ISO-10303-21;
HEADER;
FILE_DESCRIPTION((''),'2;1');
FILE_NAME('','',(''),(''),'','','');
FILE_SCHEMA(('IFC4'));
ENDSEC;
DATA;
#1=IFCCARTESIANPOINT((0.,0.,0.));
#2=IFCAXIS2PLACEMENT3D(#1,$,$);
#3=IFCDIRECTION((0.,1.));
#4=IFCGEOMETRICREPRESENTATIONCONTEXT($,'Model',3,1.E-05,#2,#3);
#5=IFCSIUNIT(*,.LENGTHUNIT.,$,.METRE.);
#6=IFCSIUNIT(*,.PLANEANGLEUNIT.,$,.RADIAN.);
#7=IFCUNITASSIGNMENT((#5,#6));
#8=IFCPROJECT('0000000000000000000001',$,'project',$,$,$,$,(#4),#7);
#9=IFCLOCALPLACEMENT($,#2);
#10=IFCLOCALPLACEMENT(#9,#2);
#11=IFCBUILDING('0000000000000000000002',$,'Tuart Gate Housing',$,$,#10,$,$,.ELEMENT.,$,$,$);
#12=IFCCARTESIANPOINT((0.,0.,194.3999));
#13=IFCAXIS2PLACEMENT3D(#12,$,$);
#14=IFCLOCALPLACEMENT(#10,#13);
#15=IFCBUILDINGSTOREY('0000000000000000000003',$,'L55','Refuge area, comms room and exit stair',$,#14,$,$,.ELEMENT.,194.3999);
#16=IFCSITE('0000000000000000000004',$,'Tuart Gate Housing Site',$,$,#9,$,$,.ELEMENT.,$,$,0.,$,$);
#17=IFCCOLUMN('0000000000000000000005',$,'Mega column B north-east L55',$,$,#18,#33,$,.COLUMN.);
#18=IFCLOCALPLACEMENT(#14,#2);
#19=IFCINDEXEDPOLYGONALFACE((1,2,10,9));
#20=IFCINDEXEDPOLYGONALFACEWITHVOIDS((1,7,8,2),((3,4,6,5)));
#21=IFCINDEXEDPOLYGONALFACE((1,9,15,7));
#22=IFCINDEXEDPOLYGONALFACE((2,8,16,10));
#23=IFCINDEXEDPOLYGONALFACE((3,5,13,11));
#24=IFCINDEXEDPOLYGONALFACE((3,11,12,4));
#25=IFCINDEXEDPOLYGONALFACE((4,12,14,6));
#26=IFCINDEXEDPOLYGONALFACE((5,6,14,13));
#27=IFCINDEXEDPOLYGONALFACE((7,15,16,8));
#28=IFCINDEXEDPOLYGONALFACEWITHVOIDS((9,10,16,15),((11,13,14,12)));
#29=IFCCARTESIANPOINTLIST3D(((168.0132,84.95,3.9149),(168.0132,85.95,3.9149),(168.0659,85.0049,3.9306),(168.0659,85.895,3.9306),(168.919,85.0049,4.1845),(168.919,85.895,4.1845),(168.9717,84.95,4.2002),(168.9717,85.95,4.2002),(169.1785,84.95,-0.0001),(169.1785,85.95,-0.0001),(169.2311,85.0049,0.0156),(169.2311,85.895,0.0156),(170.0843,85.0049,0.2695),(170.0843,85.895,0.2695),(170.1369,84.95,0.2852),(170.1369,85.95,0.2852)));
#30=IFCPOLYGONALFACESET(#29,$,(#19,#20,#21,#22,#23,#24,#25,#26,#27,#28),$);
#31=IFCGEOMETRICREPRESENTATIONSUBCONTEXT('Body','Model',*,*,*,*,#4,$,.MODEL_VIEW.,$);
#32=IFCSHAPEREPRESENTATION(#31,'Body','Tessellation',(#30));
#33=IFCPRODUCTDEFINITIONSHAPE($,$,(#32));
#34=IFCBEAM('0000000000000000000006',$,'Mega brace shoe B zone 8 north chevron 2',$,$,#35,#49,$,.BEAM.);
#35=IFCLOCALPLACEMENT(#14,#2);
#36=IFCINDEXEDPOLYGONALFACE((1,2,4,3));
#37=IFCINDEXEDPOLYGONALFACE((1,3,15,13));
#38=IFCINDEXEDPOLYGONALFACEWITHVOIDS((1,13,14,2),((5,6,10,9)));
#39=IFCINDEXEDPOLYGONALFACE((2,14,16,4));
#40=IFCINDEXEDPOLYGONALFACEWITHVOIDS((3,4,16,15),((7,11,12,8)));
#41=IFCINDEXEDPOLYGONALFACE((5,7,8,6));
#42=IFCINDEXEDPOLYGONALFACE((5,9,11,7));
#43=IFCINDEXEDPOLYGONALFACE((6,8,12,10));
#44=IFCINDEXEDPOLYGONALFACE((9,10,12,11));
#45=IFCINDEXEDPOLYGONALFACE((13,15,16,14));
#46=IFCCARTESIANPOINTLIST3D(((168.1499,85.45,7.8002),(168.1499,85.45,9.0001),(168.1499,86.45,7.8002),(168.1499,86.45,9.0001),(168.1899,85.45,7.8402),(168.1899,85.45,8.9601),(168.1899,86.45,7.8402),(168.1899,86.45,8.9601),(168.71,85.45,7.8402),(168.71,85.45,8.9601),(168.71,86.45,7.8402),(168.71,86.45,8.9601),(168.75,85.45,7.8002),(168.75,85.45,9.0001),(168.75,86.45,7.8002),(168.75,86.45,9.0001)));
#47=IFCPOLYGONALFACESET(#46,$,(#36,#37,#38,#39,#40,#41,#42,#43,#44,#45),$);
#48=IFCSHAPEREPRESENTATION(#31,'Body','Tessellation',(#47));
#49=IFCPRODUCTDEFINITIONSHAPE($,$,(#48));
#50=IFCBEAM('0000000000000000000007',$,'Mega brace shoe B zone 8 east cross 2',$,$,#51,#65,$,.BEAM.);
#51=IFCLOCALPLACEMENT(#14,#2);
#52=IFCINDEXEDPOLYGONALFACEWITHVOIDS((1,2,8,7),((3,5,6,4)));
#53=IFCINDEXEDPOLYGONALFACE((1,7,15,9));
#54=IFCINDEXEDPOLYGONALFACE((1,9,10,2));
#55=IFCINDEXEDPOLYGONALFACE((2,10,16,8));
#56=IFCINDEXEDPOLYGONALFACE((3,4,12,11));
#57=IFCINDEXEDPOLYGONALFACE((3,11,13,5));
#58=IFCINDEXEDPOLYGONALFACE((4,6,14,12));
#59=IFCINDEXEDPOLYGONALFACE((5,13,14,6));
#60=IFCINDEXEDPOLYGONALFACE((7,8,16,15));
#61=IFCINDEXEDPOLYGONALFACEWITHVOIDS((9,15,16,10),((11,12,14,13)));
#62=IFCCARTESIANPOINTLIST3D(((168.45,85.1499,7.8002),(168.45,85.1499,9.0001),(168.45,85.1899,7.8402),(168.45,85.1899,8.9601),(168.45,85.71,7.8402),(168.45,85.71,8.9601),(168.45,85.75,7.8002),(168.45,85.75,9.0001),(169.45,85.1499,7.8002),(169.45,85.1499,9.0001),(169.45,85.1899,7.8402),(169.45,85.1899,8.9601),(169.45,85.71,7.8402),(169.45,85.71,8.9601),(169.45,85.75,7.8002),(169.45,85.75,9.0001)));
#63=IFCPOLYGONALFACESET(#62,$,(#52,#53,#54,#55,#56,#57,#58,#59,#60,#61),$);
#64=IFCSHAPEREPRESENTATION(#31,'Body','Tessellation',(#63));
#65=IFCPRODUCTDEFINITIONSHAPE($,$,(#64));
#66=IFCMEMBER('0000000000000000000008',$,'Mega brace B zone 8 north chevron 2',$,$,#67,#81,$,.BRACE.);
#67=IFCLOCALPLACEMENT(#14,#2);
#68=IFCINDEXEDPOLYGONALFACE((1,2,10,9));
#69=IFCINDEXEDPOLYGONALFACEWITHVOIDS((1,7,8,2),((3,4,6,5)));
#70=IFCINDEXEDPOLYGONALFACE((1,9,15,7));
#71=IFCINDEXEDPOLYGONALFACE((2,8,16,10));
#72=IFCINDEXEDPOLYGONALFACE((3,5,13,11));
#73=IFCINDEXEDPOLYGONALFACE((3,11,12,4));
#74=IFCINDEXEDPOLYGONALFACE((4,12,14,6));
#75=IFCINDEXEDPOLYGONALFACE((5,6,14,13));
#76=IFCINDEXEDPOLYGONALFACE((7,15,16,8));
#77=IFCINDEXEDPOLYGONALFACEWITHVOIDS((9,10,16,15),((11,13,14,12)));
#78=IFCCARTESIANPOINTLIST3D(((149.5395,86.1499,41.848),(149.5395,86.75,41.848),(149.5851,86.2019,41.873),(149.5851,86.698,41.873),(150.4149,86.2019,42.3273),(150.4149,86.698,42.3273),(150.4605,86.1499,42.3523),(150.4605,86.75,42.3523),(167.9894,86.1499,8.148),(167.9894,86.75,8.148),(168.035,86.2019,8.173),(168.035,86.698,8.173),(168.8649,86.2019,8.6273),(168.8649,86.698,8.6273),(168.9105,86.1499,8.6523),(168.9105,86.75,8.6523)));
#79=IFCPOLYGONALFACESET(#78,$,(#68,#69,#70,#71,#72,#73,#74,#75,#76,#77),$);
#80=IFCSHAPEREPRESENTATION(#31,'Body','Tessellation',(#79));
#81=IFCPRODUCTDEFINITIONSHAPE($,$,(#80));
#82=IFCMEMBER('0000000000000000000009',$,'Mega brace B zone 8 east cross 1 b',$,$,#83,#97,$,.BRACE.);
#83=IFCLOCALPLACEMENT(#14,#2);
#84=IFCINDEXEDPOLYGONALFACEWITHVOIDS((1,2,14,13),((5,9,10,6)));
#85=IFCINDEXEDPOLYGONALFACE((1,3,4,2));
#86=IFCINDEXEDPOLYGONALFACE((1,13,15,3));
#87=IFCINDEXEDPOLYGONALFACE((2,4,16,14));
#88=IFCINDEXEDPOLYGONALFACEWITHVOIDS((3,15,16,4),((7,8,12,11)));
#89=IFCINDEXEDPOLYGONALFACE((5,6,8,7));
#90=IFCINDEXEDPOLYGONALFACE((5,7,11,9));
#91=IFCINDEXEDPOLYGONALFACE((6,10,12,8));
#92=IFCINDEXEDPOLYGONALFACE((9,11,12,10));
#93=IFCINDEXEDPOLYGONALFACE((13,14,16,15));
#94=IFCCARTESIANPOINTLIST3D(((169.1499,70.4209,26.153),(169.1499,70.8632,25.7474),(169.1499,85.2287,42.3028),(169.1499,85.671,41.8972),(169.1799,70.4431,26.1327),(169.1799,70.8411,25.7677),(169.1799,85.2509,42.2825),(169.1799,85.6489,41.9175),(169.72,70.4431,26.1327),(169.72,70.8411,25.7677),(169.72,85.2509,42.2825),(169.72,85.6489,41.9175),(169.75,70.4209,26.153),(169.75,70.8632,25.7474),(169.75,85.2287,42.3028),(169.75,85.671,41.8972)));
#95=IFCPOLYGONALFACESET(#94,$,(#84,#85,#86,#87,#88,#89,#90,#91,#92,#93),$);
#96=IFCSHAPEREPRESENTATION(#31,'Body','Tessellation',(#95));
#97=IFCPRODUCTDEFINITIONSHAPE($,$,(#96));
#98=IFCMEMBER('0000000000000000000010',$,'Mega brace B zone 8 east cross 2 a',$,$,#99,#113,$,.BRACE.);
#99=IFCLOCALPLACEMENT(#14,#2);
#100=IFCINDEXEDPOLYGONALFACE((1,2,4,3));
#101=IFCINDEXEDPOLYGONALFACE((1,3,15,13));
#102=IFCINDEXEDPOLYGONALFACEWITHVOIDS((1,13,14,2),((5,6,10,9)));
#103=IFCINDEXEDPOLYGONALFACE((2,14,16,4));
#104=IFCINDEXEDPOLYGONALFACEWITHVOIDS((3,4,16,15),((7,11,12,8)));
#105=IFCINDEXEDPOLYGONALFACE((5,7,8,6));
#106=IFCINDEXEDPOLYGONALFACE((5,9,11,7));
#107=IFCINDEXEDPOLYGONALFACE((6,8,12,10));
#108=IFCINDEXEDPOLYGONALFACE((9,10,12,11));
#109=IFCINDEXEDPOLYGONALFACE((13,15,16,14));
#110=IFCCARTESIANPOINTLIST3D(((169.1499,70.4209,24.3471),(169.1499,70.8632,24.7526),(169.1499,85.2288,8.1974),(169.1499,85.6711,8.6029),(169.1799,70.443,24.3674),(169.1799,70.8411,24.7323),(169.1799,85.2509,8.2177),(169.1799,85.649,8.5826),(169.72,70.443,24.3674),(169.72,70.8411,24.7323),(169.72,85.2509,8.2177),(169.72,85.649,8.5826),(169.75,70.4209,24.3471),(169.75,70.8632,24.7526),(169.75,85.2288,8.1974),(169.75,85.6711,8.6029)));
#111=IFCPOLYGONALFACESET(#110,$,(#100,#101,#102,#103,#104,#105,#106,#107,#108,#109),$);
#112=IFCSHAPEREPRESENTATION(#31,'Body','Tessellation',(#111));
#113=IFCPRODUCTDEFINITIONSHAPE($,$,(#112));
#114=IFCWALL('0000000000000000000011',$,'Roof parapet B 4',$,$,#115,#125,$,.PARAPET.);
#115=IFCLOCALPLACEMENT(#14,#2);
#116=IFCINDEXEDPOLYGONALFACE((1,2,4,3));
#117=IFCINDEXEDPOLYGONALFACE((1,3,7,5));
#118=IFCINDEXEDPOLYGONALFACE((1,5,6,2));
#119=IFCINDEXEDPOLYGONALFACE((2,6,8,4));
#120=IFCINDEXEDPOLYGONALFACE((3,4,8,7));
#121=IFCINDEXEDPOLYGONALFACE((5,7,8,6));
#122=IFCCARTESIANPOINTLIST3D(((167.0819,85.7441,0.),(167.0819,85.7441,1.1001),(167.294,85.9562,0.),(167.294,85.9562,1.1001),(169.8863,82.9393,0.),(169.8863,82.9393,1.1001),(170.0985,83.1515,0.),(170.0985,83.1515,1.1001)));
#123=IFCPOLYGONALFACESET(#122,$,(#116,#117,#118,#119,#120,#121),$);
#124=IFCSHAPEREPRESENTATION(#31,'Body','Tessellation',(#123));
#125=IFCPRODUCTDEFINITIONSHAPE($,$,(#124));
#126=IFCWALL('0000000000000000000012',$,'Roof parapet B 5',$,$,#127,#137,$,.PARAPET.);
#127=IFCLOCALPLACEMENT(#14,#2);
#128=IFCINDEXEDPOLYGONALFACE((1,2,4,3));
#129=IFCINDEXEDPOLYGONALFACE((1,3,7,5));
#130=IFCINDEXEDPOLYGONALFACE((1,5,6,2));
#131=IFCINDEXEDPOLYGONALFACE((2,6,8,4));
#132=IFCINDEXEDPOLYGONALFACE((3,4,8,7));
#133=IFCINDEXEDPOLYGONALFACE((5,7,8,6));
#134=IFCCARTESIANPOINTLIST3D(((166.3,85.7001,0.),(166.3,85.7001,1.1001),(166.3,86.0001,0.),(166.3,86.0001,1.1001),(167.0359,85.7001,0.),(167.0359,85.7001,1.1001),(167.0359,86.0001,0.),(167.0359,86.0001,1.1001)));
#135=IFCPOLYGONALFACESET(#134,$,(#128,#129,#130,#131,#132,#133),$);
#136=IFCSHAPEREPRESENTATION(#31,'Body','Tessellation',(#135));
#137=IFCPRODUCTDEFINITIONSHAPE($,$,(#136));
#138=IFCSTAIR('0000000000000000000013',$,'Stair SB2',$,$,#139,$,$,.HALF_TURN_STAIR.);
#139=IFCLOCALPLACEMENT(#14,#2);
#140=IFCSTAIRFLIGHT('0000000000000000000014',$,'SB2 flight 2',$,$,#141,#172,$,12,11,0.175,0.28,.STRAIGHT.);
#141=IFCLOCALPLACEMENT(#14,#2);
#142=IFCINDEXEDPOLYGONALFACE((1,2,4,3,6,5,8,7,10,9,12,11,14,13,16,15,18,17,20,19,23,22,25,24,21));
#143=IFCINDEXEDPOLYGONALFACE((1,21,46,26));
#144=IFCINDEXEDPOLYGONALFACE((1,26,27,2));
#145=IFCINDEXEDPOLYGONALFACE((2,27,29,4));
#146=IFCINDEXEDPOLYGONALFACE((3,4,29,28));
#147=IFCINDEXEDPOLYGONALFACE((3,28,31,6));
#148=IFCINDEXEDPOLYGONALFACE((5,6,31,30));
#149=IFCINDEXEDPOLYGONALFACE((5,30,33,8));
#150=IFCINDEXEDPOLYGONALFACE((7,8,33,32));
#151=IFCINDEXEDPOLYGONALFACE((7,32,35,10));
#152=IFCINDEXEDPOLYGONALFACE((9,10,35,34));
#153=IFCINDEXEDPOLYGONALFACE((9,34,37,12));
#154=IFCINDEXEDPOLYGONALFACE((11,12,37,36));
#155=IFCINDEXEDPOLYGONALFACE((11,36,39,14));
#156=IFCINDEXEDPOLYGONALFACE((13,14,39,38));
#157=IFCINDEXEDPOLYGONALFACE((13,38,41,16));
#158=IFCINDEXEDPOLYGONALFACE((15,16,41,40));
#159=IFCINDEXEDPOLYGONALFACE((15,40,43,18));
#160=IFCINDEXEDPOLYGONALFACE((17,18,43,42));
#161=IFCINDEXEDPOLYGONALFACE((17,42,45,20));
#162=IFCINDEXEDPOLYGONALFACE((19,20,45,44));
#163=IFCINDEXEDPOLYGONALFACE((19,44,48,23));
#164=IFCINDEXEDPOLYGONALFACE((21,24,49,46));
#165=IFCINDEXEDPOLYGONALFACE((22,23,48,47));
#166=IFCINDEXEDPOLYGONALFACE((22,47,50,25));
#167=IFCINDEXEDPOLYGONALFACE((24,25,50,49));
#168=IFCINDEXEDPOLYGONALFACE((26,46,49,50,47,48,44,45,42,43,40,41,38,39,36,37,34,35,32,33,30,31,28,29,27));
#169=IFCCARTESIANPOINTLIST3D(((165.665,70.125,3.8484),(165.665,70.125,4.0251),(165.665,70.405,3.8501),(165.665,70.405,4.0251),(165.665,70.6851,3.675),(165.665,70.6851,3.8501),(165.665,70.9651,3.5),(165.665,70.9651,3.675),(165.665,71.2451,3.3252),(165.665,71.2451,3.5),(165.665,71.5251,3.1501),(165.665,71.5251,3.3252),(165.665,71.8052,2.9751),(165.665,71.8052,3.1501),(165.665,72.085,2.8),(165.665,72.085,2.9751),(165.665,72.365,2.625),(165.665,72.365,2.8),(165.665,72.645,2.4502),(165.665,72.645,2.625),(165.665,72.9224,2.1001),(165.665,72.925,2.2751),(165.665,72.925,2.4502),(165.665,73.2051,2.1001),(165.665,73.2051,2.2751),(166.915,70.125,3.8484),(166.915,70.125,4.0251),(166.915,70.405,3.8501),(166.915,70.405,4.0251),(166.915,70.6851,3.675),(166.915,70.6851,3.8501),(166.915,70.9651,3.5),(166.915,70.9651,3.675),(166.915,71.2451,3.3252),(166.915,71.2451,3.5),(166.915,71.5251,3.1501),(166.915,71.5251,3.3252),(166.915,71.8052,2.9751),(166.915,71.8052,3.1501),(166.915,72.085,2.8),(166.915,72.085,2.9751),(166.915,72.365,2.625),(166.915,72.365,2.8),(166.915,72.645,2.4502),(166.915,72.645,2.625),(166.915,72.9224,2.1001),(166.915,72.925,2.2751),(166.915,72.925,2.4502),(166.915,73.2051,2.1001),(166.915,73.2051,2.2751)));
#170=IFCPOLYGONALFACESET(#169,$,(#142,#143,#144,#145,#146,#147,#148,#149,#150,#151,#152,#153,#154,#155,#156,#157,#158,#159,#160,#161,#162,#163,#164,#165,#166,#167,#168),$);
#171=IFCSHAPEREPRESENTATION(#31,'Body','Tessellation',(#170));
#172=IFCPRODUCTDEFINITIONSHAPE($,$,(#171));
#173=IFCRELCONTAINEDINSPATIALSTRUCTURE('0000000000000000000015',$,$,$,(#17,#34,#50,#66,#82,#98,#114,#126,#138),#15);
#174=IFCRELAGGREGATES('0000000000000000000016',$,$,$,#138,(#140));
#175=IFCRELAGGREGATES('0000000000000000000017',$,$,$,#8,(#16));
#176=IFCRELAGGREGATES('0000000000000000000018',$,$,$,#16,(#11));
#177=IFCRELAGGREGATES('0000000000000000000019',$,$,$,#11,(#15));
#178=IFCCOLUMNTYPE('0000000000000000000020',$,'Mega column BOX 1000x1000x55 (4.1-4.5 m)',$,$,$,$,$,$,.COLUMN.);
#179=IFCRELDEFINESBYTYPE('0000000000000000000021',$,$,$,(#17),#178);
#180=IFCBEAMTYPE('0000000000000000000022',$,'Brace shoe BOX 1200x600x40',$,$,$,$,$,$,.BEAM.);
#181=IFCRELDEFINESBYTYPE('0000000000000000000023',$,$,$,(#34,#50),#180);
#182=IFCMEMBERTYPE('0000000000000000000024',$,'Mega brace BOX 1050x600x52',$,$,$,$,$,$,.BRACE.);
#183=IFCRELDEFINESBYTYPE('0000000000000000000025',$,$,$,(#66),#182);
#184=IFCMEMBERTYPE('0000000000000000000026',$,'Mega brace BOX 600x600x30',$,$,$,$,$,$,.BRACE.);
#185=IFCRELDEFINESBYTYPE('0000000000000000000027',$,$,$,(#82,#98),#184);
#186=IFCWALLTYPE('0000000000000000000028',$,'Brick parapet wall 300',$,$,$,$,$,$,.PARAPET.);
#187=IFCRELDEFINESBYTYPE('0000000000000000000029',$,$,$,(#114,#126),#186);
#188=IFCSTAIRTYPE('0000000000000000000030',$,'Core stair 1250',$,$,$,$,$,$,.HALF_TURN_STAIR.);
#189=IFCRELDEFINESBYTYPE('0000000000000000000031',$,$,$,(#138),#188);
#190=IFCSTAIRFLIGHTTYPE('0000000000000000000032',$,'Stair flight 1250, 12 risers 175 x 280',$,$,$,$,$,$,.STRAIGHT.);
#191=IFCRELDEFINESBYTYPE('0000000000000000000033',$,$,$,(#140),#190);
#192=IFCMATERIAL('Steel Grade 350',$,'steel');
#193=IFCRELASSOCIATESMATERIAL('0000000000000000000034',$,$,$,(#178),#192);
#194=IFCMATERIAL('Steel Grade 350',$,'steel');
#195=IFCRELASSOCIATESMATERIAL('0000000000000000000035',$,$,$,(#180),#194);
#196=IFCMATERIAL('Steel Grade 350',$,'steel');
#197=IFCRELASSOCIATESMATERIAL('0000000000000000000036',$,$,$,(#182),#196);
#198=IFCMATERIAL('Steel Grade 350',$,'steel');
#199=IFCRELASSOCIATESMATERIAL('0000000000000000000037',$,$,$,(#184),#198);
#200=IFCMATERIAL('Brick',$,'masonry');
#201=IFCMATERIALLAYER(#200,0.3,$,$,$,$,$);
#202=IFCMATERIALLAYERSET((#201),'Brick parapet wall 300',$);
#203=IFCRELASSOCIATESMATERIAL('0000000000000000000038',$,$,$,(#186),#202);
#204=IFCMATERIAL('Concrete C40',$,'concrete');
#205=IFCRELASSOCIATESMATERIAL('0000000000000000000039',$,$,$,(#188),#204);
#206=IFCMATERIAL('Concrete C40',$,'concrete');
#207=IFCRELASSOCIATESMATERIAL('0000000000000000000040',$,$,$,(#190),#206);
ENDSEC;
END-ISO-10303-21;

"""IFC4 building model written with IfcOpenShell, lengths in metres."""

from ifc_helpers import new_model, si_unit, direction, frame, frame_2d, origin, origin_2d, place, context, subcontext, project, spatial, polyline, rectangle, hollow_rectangle, outline, extrude, material, layer, layer_set, material_profile, profile_set, type_object, element, aggregate, save


model = new_model("IFC4")

# Units and contexts
model_context = context("Model", 3, precision=1e-05, world=origin(), true_north=direction((0.0, 1.0)))
body_context = subcontext(model_context, "Body", "Model", "MODEL_VIEW")
ifc_project = project(units=[si_unit("LENGTHUNIT", "METRE"), si_unit("PLANEANGLEUNIT", "RADIAN")], contexts=[model_context])

# Site, building, storey
site_placement = place(None, origin())
site = spatial("IfcSite", under=ifc_project, at=site_placement, Name="Tuart Gate Housing Site", CompositionType="ELEMENT", RefElevation=0.0)
building_placement = place(site_placement, origin())
building = spatial("IfcBuilding", under=site, at=building_placement, Name="Tuart Gate Housing", CompositionType="ELEMENT")
storey_placement = place(building_placement, frame((0.0, 0.0, 194.3999)))
storey = spatial("IfcBuildingStorey", under=building, at=storey_placement, Name="L55", Description="Refuge area, comms room and exit stair", CompositionType="ELEMENT", Elevation=194.3999)

# Column
ifc_material_1 = material(Name="Steel Grade 350", Category="steel")
ifc_material_profile_1 = material_profile(ifc_material_1, hollow_rectangle(XDim=1.0, YDim=1.0, WallThickness=0.0549, at=origin_2d()), Name="BOX 1000x1000x55")
ifc_profile_set_1 = profile_set([ifc_material_profile_1], Name="Steel Grade 350")
column_type = type_object("IfcColumnType", Name="Mega column BOX 1000x1000x55 (4.1-4.5 m)", PredefinedType="COLUMN", material=ifc_profile_set_1)
column_placement = place(storey_placement, frame((169.6577, 85.45, 0.1426), z_axis=(-0.285275, 0.0, 0.958446), x_axis=(0.0, -1.0, 0.0)))
element("IfcColumn", 1, at=column_placement, inside=storey, type_object=column_type, Name="Mega column B north-east L55", PredefinedType="COLUMN", context=body_context, shape_type="SweptSolid", body=[
    extrude(hollow_rectangle(XDim=1.0, YDim=1.0, WallThickness=0.0549, at=origin_2d()), origin(), (0.0, 0.0, 1.0), 4.0847),
])

# Beams
ifc_material_2 = material(Name="Steel Grade 350", Category="steel")
ifc_material_profile_2 = material_profile(ifc_material_2, hollow_rectangle(XDim=0.6001, YDim=1.2, WallThickness=0.04, at=origin_2d()), Name="BOX 1200x600x40")
ifc_profile_set_2 = profile_set([ifc_material_profile_2], Name="Steel Grade 350")
beam_type = type_object("IfcBeamType", Name="Brace shoe BOX 1200x600x40", PredefinedType="BEAM", material=ifc_profile_set_2)
for number, where, z_axis, x_axis, name in (
    (2, (168.45, 85.45, 8.4001), (0.0, 1.0, 0.0), (-1.0, 0.0, 0.0), "Mega brace shoe B zone 8 north chevron 2"),
    (3, (168.45, 85.45, 8.4001), (1.0, 0.0, 0.0), (0.0, 1.0, 0.0), "Mega brace shoe B zone 8 east cross 2"),
):
    element("IfcBeam", number, at=place(storey_placement, frame(where, z_axis=z_axis, x_axis=x_axis)), inside=storey, type_object=beam_type, Name=name, PredefinedType="BEAM", context=body_context, shape_type="SweptSolid", body=[
        extrude(hollow_rectangle(XDim=0.6001, YDim=1.2, WallThickness=0.04, at=origin_2d()), origin(), (0.0, 0.0, 1.0), 1.0),
    ])

# Members
ifc_material_3 = material(Name="Steel Grade 350", Category="steel")
ifc_material_profile_3 = material_profile(ifc_material_3, hollow_rectangle(XDim=0.6001, YDim=1.05, WallThickness=0.052, at=origin_2d()), Name="BOX 1050x600x52")
ifc_profile_set_3 = profile_set([ifc_material_profile_3], Name="Steel Grade 350")
member_type_1 = type_object("IfcMemberType", Name="Mega brace BOX 1050x600x52", PredefinedType="BRACE", material=ifc_profile_set_3)
member_placement = place(storey_placement, frame((168.45, 86.45, 8.4001), z_axis=(-0.480219, 0.0, 0.877149), x_axis=(0.0, -1.0, 0.0)))
element("IfcMember", 4, at=member_placement, inside=storey, type_object=member_type_1, Name="Mega brace B zone 8 north chevron 2", PredefinedType="BRACE", context=body_context, shape_type="SweptSolid", body=[
    extrude(hollow_rectangle(XDim=0.6001, YDim=1.05, WallThickness=0.052, at=origin_2d()), origin(), (0.0, 0.0, 1.0), 38.4199),
])
ifc_material_4 = material(Name="Steel Grade 350", Category="steel")
ifc_material_profile_4 = material_profile(ifc_material_4, hollow_rectangle(XDim=0.6001, YDim=0.6001, WallThickness=0.03, at=origin_2d()), Name="BOX 600x600x30")
ifc_profile_set_4 = profile_set([ifc_material_profile_4], Name="Steel Grade 350")
member_type_2 = type_object("IfcMemberType", Name="Mega brace BOX 600x600x30", PredefinedType="BRACE", material=ifc_profile_set_4)
for number, where, z_axis, x_axis, name in (
    (5, (169.45, 70.6421, 25.9502), (0.0, 0.675818, 0.737068), (-1.0, 0.0, 0.0), "Mega brace B zone 8 east cross 1 b"),
    (6, (169.45, 85.45, 8.4001), (0.0, -0.675824, 0.737063), (1.0, 0.0, 0.0), "Mega brace B zone 8 east cross 2 a"),
):
    element("IfcMember", number, at=place(storey_placement, frame(where, z_axis=z_axis, x_axis=x_axis)), inside=storey, type_object=member_type_2, Name=name, PredefinedType="BRACE", context=body_context, shape_type="SweptSolid", body=[
        extrude(hollow_rectangle(XDim=0.6001, YDim=0.6001, WallThickness=0.03, at=origin_2d()), origin(), (0.0, 0.0, 1.0), 21.9109),
    ])

# Walls
ifc_material_5 = material(Name="Brick", Category="masonry")
ifc_layer_1 = layer(ifc_material_5, 0.3)
ifc_layer_set_1 = layer_set([ifc_layer_1], Name="Brick parapet wall 300")
wall_type_1 = type_object("IfcWallType", Name="Brick parapet wall 300", PredefinedType="PARAPET", material=ifc_layer_set_1)
wall_1_placement = place(storey_placement, frame((169.9924, 83.0454, 0.0), z_axis=(0.0, 0.0, 1.0), x_axis=(-0.707076, 0.707138, 0.0)))
element("IfcWall", 7, at=wall_1_placement, inside=storey, type_object=wall_type_1, Name="Roof parapet B 4", PredefinedType="PARAPET", context=body_context, shape_type="SweptSolid", body=[
    extrude(rectangle(XDim=3.9663, YDim=0.3, at=frame_2d((1.9832, 0.0))), origin(), (0.0, 0.0, 1.0), 1.1001),
])
wall_2_placement = place(storey_placement, frame((167.0359, 85.8501, 0.0), z_axis=(0.0, 0.0, 1.0), x_axis=(-1.0, 0.0, 0.0)))
element("IfcWall", 8, at=wall_2_placement, inside=storey, type_object=wall_type_1, Name="Roof parapet B 5", PredefinedType="PARAPET", context=body_context, shape_type="SweptSolid", body=[
    extrude(rectangle(XDim=0.7358, YDim=0.3, at=frame_2d((0.3679, 0.0))), origin(), (0.0, 0.0, 1.0), 1.1001),
])

# Stair, stair flight
ifc_material_6 = material(Name="Concrete C40", Category="concrete")
stair_type = type_object("IfcStairType", Name="Core stair 1250", PredefinedType="HALF_TURN_STAIR", material=ifc_material_6)
stair_placement = place(storey_placement, origin())
stair = element("IfcStair", 9, at=stair_placement, inside=storey, type_object=stair_type, Name="Stair SB2", PredefinedType="HALF_TURN_STAIR")
ifc_material_7 = material(Name="Concrete C40", Category="concrete")
stair_flight_type = type_object("IfcStairFlightType", Name="Stair flight 1250, 12 risers 175 x 280", PredefinedType="STRAIGHT", material=ifc_material_7)
stair_flight_placement = place(storey_placement, frame((166.29, 73.2051, 2.1001), z_axis=(0.0, 0.0, 1.0), x_axis=(0.0, -1.0, 0.0)))
stair_flight = element("IfcStairFlight", 10, at=stair_flight_placement, type_object=stair_flight_type, Name="SB2 flight 2", NumberOfRisers=12, NumberOfTreads=11, PredefinedType="STRAIGHT", RiserHeight=0.175, TreadLength=0.28, context=body_context, shape_type="SweptSolid", body=[
    extrude(outline(polyline([(0.0, 0.0), (0.0, 0.175), (0.28, 0.175), (0.28, 0.3501), (0.5601, 0.3501), (0.5601, 0.5249), (0.8401, 0.5249), (0.8401, 0.7), (1.1201, 0.7), (1.1201, 0.875), (1.3999, 0.875), (1.3999, 1.05), (1.6799, 1.05), (1.6799, 1.2251), (1.96, 1.2251), (1.96, 1.3999), (2.24, 1.3999), (2.24, 1.575), (2.52, 1.575), (2.52, 1.75), (2.8, 1.75), (2.8, 1.925), (3.0801, 1.925), (3.0801, 2.1001), (3.0801, 1.7483), (0.2827, 0.0), (0.0, 0.0)])), frame((0.0, 0.625, 0.0), z_axis=(0.0, -1.0, 0.0), x_axis=(1.0, 0.0, 0.0)), (0.0, 0.0, 1.0), 1.25),
])
aggregate(stair, [stair_flight])

save(model, "model.ifc")
